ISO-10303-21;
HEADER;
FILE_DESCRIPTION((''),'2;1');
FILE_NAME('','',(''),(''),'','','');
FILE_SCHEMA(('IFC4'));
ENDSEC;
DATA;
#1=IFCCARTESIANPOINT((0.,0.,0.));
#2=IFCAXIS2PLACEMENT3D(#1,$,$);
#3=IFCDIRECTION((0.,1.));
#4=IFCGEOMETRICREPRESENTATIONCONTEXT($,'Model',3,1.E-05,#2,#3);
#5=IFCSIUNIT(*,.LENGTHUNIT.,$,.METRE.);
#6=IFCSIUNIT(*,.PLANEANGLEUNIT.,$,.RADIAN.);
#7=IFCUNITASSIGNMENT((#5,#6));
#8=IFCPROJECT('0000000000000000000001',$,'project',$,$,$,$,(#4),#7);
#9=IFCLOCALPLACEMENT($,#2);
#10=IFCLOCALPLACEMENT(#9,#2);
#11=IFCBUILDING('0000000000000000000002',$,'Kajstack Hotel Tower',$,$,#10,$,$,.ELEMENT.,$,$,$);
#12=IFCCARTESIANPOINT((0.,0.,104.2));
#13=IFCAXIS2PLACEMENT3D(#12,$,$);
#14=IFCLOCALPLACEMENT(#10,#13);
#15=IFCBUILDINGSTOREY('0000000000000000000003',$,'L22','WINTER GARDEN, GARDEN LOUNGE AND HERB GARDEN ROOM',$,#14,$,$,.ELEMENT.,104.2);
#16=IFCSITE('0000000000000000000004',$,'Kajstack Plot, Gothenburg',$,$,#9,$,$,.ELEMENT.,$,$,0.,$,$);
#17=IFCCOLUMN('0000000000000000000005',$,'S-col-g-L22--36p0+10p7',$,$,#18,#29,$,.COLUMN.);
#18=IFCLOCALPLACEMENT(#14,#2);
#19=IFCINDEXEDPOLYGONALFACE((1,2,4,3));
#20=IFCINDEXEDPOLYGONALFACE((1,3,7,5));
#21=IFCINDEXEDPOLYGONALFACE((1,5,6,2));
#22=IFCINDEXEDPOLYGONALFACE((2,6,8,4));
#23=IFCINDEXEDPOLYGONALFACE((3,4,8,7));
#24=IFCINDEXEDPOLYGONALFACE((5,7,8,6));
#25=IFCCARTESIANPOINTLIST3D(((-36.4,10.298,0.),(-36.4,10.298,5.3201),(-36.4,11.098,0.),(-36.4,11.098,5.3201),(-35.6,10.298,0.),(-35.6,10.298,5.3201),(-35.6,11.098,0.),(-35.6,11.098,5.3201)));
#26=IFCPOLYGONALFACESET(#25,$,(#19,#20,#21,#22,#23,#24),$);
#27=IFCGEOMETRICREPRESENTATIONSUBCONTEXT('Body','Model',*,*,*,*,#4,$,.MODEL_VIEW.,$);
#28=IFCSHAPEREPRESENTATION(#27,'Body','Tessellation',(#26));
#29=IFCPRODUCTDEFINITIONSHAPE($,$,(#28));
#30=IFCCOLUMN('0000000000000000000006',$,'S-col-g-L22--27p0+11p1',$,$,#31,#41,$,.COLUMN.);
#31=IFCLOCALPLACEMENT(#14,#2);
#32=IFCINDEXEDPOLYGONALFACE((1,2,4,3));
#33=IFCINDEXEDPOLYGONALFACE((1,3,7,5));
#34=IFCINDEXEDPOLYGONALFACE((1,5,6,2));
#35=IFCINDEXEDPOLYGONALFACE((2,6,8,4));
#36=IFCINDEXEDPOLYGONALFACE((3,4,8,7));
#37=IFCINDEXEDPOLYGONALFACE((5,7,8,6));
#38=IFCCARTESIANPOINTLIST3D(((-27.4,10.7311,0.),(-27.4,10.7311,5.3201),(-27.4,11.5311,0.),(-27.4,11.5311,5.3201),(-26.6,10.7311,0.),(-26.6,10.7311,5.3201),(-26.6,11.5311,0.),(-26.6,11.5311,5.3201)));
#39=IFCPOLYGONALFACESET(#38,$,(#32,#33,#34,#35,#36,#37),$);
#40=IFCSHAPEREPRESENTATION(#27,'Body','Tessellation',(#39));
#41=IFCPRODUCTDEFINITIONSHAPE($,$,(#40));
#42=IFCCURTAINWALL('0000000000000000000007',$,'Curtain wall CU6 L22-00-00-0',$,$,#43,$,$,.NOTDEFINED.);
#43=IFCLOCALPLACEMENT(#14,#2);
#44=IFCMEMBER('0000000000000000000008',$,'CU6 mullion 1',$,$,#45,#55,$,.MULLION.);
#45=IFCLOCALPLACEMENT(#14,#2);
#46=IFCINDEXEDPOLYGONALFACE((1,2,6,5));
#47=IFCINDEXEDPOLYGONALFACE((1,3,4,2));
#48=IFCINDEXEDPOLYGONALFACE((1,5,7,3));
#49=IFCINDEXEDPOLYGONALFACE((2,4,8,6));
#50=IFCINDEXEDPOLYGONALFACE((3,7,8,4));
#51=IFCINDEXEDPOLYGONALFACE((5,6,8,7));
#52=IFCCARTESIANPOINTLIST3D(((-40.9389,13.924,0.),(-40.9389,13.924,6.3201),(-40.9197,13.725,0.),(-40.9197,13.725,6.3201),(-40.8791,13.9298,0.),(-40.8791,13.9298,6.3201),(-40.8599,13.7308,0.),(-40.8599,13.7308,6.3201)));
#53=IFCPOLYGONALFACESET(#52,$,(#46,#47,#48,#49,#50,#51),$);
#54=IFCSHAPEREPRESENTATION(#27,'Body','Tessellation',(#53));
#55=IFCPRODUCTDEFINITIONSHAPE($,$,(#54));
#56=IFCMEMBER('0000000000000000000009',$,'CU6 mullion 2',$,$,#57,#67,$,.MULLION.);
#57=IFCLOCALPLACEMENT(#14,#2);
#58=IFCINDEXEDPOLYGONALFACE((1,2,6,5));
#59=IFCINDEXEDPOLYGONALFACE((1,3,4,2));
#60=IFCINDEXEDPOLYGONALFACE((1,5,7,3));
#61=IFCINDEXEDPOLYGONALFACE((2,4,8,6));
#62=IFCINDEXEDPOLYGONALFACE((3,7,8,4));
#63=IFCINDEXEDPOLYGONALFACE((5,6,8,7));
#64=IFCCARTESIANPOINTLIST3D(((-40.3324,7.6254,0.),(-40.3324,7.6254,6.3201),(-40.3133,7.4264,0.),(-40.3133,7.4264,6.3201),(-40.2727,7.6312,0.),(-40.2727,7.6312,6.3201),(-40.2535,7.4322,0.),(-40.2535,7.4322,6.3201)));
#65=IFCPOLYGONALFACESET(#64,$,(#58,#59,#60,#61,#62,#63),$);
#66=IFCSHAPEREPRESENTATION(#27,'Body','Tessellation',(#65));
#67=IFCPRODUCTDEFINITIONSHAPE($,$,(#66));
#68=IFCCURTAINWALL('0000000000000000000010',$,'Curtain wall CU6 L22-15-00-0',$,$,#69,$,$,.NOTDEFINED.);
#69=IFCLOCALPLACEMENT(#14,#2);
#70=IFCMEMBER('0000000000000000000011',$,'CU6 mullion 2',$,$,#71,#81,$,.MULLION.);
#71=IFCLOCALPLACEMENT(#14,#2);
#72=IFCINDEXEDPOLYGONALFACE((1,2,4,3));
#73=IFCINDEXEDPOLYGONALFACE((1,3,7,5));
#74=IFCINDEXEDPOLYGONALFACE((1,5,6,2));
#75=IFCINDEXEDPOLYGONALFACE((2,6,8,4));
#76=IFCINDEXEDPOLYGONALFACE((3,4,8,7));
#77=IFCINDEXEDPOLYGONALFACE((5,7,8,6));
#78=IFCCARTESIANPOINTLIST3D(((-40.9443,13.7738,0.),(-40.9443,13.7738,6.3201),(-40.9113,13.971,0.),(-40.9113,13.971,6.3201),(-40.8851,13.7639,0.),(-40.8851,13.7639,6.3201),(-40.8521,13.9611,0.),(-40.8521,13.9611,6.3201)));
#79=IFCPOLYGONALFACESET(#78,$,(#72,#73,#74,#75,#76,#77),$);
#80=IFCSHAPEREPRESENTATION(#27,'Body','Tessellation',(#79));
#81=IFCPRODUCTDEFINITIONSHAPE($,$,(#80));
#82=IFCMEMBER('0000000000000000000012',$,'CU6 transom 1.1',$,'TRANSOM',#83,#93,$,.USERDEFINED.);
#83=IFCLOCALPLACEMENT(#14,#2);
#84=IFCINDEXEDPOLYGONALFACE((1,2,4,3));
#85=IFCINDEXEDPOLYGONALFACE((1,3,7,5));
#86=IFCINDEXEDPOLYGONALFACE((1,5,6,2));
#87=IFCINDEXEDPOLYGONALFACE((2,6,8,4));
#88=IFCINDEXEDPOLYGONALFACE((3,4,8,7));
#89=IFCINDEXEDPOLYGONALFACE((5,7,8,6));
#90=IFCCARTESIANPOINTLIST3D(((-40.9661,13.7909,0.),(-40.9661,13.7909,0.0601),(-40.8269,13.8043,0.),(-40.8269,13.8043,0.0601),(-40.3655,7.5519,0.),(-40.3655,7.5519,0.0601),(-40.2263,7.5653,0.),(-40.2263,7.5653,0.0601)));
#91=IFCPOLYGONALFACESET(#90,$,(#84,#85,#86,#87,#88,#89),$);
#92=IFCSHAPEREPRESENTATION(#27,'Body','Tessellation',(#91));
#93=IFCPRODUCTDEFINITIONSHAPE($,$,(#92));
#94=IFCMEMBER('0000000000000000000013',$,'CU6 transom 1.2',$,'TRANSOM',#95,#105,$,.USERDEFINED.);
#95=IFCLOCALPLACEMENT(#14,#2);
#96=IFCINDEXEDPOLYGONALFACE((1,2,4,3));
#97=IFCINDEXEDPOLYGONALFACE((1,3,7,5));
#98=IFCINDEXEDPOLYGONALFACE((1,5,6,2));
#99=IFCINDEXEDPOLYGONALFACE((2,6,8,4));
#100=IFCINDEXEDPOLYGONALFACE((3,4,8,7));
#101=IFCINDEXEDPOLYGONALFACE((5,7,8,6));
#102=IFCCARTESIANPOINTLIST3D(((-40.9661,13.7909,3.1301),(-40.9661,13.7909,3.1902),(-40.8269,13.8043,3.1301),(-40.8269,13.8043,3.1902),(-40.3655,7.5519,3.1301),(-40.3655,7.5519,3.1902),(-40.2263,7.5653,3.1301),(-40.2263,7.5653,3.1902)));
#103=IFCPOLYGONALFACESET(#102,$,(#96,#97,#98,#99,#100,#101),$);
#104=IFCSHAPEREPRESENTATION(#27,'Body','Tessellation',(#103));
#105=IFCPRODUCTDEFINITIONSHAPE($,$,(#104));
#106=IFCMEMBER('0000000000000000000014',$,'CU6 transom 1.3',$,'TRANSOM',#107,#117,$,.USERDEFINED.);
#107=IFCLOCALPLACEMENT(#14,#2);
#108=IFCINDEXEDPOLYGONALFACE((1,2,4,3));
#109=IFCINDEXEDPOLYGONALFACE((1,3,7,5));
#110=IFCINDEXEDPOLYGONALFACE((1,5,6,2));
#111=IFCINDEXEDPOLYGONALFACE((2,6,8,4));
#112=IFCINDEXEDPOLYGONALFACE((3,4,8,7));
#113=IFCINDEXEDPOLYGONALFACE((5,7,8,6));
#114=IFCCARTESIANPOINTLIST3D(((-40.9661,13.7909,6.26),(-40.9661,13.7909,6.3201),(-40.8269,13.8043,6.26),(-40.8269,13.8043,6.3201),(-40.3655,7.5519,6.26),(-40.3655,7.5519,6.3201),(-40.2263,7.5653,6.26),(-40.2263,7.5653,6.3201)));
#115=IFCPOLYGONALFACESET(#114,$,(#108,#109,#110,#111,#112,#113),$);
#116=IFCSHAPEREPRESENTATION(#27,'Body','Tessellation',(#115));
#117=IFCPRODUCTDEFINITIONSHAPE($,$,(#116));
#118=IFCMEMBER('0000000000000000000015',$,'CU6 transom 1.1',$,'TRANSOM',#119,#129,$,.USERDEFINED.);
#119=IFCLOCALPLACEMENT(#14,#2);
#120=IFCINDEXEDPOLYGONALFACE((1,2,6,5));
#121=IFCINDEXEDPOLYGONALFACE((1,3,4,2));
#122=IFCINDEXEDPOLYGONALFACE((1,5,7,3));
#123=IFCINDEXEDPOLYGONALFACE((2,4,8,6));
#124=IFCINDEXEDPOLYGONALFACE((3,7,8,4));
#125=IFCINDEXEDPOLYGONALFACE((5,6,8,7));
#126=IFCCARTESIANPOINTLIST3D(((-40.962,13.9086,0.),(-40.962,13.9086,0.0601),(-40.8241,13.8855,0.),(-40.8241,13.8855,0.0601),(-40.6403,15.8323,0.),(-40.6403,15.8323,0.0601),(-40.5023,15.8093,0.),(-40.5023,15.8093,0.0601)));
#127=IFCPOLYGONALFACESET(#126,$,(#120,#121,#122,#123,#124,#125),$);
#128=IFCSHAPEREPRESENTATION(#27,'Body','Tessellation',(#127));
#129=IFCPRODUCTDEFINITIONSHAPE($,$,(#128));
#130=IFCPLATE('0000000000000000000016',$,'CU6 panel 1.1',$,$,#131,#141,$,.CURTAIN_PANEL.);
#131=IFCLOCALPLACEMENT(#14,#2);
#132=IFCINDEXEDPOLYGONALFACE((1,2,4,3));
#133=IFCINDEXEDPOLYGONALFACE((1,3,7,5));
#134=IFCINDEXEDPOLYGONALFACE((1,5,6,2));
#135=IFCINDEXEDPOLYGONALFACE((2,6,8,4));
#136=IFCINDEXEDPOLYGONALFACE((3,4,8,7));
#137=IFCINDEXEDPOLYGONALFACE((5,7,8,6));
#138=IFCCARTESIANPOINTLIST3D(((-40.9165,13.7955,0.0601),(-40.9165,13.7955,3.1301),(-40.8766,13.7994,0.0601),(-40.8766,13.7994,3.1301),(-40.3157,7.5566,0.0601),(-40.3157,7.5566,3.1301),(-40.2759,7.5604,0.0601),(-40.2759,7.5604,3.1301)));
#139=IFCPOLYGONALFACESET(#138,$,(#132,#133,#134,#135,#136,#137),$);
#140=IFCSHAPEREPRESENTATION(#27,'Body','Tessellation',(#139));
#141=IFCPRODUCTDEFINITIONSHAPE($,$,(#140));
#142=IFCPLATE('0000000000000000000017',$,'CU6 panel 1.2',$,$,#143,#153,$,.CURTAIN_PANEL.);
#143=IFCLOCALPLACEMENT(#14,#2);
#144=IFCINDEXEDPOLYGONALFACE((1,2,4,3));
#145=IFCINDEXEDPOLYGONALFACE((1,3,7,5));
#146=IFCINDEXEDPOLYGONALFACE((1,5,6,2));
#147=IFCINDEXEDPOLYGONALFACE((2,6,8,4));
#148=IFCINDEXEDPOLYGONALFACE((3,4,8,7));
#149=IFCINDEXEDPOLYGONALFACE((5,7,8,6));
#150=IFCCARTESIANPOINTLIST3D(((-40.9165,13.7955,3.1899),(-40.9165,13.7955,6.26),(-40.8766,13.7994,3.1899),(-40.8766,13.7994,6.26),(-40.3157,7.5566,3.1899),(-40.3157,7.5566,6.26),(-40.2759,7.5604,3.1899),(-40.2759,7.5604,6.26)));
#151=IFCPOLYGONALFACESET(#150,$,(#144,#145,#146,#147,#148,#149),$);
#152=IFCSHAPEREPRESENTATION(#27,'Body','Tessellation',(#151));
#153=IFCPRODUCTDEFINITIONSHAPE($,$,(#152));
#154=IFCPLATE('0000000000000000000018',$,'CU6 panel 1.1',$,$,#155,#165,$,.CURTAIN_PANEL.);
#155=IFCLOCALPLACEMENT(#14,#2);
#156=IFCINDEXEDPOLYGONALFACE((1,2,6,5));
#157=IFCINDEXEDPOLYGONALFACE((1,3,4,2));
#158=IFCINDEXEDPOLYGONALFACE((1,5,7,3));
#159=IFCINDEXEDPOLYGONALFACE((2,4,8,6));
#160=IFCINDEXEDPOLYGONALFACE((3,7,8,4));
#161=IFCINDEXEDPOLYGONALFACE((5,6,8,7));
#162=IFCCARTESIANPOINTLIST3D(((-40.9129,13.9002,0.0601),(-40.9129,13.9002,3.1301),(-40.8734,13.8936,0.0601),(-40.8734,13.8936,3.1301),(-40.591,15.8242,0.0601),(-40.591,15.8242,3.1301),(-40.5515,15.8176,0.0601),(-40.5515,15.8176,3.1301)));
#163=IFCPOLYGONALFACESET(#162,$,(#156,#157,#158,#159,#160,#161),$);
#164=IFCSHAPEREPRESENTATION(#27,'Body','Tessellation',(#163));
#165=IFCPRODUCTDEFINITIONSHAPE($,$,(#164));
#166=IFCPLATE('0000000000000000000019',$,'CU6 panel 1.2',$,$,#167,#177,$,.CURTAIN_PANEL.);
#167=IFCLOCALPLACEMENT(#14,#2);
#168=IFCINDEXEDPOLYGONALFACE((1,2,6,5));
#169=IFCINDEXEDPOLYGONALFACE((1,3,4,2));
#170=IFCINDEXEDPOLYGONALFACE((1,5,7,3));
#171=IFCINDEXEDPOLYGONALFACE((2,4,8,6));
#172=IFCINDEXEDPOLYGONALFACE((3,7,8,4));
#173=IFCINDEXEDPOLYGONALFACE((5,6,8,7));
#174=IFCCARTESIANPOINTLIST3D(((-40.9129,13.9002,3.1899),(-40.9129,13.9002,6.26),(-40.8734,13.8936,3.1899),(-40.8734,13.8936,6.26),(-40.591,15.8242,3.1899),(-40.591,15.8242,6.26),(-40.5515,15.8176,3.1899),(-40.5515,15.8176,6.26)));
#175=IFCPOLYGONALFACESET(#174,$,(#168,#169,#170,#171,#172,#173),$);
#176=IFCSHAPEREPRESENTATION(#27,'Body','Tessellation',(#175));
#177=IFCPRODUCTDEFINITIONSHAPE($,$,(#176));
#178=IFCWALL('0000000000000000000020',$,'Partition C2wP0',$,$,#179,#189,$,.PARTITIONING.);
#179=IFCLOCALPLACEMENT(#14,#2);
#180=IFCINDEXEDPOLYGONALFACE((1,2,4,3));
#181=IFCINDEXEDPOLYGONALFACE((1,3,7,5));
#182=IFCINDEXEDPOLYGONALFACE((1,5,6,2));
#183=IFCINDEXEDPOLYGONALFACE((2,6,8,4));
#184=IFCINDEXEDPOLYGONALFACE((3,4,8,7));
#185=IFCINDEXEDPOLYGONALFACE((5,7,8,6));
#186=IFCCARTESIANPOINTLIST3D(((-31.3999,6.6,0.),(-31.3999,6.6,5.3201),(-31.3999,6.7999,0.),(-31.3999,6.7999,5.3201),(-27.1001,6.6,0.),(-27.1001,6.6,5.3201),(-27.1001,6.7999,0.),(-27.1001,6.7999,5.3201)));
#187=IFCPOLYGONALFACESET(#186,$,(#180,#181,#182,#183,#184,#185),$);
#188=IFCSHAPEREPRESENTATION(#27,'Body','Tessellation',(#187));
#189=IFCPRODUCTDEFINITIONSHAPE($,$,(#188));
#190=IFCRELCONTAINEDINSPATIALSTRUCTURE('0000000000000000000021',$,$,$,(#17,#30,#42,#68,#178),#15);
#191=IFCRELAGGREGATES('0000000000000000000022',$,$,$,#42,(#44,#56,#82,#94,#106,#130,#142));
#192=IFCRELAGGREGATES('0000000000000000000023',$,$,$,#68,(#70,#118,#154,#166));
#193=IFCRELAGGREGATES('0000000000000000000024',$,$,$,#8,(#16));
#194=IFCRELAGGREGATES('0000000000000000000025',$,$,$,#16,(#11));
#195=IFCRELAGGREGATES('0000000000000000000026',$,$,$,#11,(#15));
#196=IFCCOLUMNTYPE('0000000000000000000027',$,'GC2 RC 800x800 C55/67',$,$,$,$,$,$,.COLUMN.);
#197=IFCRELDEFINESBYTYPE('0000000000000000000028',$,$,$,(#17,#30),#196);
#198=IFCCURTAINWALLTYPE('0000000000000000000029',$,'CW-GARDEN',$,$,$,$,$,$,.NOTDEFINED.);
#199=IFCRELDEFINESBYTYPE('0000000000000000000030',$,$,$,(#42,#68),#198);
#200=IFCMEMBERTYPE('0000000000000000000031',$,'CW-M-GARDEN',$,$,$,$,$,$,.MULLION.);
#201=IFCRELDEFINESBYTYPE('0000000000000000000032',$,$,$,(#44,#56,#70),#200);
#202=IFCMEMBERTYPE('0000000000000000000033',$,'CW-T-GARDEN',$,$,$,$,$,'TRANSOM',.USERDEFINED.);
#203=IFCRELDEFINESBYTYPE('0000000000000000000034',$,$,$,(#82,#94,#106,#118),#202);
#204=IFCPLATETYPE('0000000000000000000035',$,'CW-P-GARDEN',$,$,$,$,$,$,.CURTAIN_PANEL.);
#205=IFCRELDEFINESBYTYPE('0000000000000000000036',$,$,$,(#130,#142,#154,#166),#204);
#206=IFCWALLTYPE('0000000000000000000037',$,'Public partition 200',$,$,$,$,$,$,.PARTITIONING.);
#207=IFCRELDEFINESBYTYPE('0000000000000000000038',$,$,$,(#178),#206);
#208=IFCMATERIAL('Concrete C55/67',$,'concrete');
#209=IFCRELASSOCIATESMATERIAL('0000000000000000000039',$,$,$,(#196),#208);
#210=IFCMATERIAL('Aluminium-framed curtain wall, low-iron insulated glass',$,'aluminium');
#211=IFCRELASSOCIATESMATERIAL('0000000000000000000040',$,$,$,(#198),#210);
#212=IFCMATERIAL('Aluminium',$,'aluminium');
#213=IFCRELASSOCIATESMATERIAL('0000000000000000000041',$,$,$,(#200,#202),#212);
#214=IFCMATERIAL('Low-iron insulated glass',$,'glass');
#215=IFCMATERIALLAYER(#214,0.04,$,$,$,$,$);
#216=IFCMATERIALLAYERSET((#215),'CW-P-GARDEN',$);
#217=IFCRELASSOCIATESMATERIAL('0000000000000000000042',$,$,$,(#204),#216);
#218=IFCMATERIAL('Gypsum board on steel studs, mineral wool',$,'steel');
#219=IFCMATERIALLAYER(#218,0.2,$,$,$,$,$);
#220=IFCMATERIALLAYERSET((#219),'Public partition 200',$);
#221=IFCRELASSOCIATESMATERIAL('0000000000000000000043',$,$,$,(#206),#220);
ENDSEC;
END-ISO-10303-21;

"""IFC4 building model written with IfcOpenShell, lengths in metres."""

from ifc_helpers import new_model, si_unit, direction, frame, frame_2d, origin, origin_2d, place, context, subcontext, project, spatial, rectangle, extrude, material, layer, layer_set, material_profile, profile_set, type_object, element, aggregate, save


model = new_model("IFC4")

# Units and contexts
model_context = context("Model", 3, precision=1e-05, world=origin(), true_north=direction((0.0, 1.0)))
body_context = subcontext(model_context, "Body", "Model", "MODEL_VIEW")
ifc_project = project(units=[si_unit("LENGTHUNIT", "METRE"), si_unit("PLANEANGLEUNIT", "RADIAN")], contexts=[model_context])

# Site, building, storey
site_placement = place(None, origin())
site = spatial("IfcSite", under=ifc_project, at=site_placement, Name="Kajstack Plot, Gothenburg", CompositionType="ELEMENT", RefElevation=0.0)
building_placement = place(site_placement, origin())
building = spatial("IfcBuilding", under=site, at=building_placement, Name="Kajstack Hotel Tower", CompositionType="ELEMENT")
storey_placement = place(building_placement, frame((0.0, 0.0, 104.2)))
storey = spatial("IfcBuildingStorey", under=building, at=storey_placement, Name="L22", Description="WINTER GARDEN, GARDEN LOUNGE AND HERB GARDEN ROOM", CompositionType="ELEMENT", Elevation=104.2)

# Columns
ifc_material_1 = material(Name="Concrete C55/67", Category="concrete")
ifc_material_profile_1 = material_profile(ifc_material_1, rectangle(XDim=0.8, YDim=0.8, at=origin_2d()), Name="RC 800x800")
ifc_profile_set_1 = profile_set([ifc_material_profile_1], Name="Concrete C55/67")
column_type = type_object("IfcColumnType", Name="GC2 RC 800x800 C55/67", PredefinedType="COLUMN", material=ifc_profile_set_1)
for number, where, z_axis, x_axis, name in (
    (1, (-36.0, 10.698, 0.0), (0.0, 0.0, 1.0), (1.0, 0.0, 0.0), "S-col-g-L22--36p0+10p7"),
    (2, (-27.0, 11.1311, 0.0), (0.0, 0.0, 1.0), (1.0, 0.0, 0.0), "S-col-g-L22--27p0+11p1"),
):
    element("IfcColumn", number, at=place(storey_placement, frame(where, z_axis=z_axis, x_axis=x_axis)), inside=storey, type_object=column_type, Name=name, PredefinedType="COLUMN", context=body_context, shape_type="SweptSolid", body=[
        extrude(rectangle(XDim=0.8, YDim=0.8, at=origin_2d()), origin(), (0.0, 0.0, 1.0), 5.3201),
    ])

# Curtain wall, members
ifc_material_2 = material(Name="Aluminium-framed curtain wall, low-iron insulated glass", Category="aluminium")
curtain_wall_type = type_object("IfcCurtainWallType", Name="CW-GARDEN", PredefinedType="NOTDEFINED", material=ifc_material_2)
curtain_wall_1_placement = place(storey_placement, origin())
curtain_wall_1 = element("IfcCurtainWall", 3, at=curtain_wall_1_placement, inside=storey, type_object=curtain_wall_type, Name="Curtain wall CU6 L22-00-00-0", PredefinedType="NOTDEFINED")
ifc_material_3 = material(Name="Aluminium", Category="aluminium")
ifc_material_profile_2 = material_profile(ifc_material_3, rectangle(XDim=0.0601, YDim=0.2, at=origin_2d()), Name="Aluminium mullion 60 x 200")
ifc_profile_set_2 = profile_set([ifc_material_profile_2], Name="Aluminium")
member_type_1 = type_object("IfcMemberType", Name="CW-M-GARDEN", PredefinedType="MULLION", material=ifc_profile_set_2)
member_1_placement = place(storey_placement, frame((-40.8994, 13.8274, 0.0), z_axis=(0.0, 0.0, 1.0), x_axis=(0.995396, 0.095846, 0.0)))
member_1 = element("IfcMember", 4, at=member_1_placement, type_object=member_type_1, Name="CU6 mullion 1", PredefinedType="MULLION", context=body_context, shape_type="SweptSolid", body=[
    extrude(rectangle(XDim=0.0601, YDim=0.2, at=origin_2d()), origin(), (0.0, 0.0, 1.0), 6.3201),
])
member_2_placement = place(storey_placement, frame((-40.293, 7.5288, 0.0), z_axis=(0.0, 0.0, 1.0), x_axis=(0.995396, 0.095846, 0.0)))
member_2 = element("IfcMember", 5, at=member_2_placement, type_object=member_type_1, Name="CU6 mullion 2", PredefinedType="MULLION", context=body_context, shape_type="SweptSolid", body=[
    extrude(rectangle(XDim=0.0601, YDim=0.2, at=origin_2d()), origin(), (0.0, 0.0, 1.0), 6.3201),
])

# Curtain wall, member
curtain_wall_2_placement = place(storey_placement, origin())
curtain_wall_2 = element("IfcCurtainWall", 6, at=curtain_wall_2_placement, inside=storey, type_object=curtain_wall_type, Name="Curtain wall CU6 L22-15-00-0", PredefinedType="NOTDEFINED")
member_3_placement = place(storey_placement, frame((-40.8982, 13.8674, 0.0), z_axis=(0.0, 0.0, 1.0), x_axis=(0.986289, -0.165025, 0.0)))
member_3 = element("IfcMember", 7, at=member_3_placement, type_object=member_type_1, Name="CU6 mullion 2", PredefinedType="MULLION", context=body_context, shape_type="SweptSolid", body=[
    extrude(rectangle(XDim=0.0601, YDim=0.2, at=origin_2d()), origin(), (0.0, 0.0, 1.0), 6.3201),
])

# Members
ifc_material_profile_3 = material_profile(ifc_material_3, rectangle(XDim=0.1399, YDim=0.0601, at=origin_2d()), Name="Aluminium transom 140 x 60")
ifc_profile_set_3 = profile_set([ifc_material_profile_3], Name="Aluminium")
member_type_2 = type_object("IfcMemberType", Name="CW-T-GARDEN", ElementType="TRANSOM", PredefinedType="USERDEFINED", material=ifc_profile_set_3)
member_4_placement = place(storey_placement, frame((-40.8965, 13.7976, 0.03), z_axis=(0.09582, -0.995399, 0.0), x_axis=(0.995399, 0.09582, 0.0)))
member_4 = element("IfcMember", 8, at=member_4_placement, type_object=member_type_2, Name="CU6 transom 1.1", ObjectType="TRANSOM", PredefinedType="USERDEFINED", context=body_context, shape_type="SweptSolid", body=[
    extrude(rectangle(XDim=0.1399, YDim=0.0601, at=origin_2d()), origin(), (0.0, 0.0, 1.0), 6.2678),
])
member_5_placement = place(storey_placement, frame((-40.8965, 13.7976, 3.1602), z_axis=(0.09582, -0.995399, 0.0), x_axis=(0.995399, 0.09582, 0.0)))
member_5 = element("IfcMember", 9, at=member_5_placement, type_object=member_type_2, Name="CU6 transom 1.2", ObjectType="TRANSOM", PredefinedType="USERDEFINED", context=body_context, shape_type="SweptSolid", body=[
    extrude(rectangle(XDim=0.1399, YDim=0.0601, at=origin_2d()), origin(), (0.0, 0.0, 1.0), 6.2678),
])
member_6_placement = place(storey_placement, frame((-40.8965, 13.7976, 6.29), z_axis=(0.09582, -0.995399, 0.0), x_axis=(0.995399, 0.09582, 0.0)))
member_6 = element("IfcMember", 10, at=member_6_placement, type_object=member_type_2, Name="CU6 transom 1.3", ObjectType="TRANSOM", PredefinedType="USERDEFINED", context=body_context, shape_type="SweptSolid", body=[
    extrude(rectangle(XDim=0.1399, YDim=0.0601, at=origin_2d()), origin(), (0.0, 0.0, 1.0), 6.2678),
])
member_7_placement = place(storey_placement, frame((-40.5713, 15.8208, 0.03), z_axis=(-0.164967, -0.986299, 0.0), x_axis=(0.986299, -0.164967, 0.0)))
member_7 = element("IfcMember", 11, at=member_7_placement, type_object=member_type_2, Name="CU6 transom 1.1", ObjectType="TRANSOM", PredefinedType="USERDEFINED", context=body_context, shape_type="SweptSolid", body=[
    extrude(rectangle(XDim=0.1399, YDim=0.0601, at=origin_2d()), origin(), (0.0, 0.0, 1.0), 1.9504),
])

# Plates
ifc_material_4 = material(Name="Low-iron insulated glass", Category="glass")
ifc_layer_1 = layer(ifc_material_4, 0.04)
ifc_layer_set_1 = layer_set([ifc_layer_1], Name="CW-P-GARDEN")
plate_type = type_object("IfcPlateType", Name="CW-P-GARDEN", PredefinedType="CURTAIN_PANEL", material=ifc_layer_set_1)
plate_1_placement = place(storey_placement, frame((-40.5962, 10.678, 0.0601), z_axis=(0.0, 0.0, 1.0), x_axis=(0.095846, -0.995396, 0.0)))
plate_1 = element("IfcPlate", 12, at=plate_1_placement, type_object=plate_type, Name="CU6 panel 1.1", PredefinedType="CURTAIN_PANEL", context=body_context, shape_type="SweptSolid", body=[
    extrude(rectangle(XDim=6.2678, YDim=0.04, at=origin_2d()), origin(), (0.0, 0.0, 1.0), 3.0701),
])
plate_2_placement = place(storey_placement, frame((-40.5962, 10.678, 3.1899), z_axis=(0.0, 0.0, 1.0), x_axis=(0.095846, -0.995396, 0.0)))
plate_2 = element("IfcPlate", 13, at=plate_2_placement, type_object=plate_type, Name="CU6 panel 1.2", PredefinedType="CURTAIN_PANEL", context=body_context, shape_type="SweptSolid", body=[
    extrude(rectangle(XDim=6.2678, YDim=0.04, at=origin_2d()), origin(), (0.0, 0.0, 1.0), 3.0701),
])
aggregate(curtain_wall_1, [member_1, member_2, member_4, member_5, member_6, plate_1, plate_2])
plate_3_placement = place(storey_placement, frame((-40.7322, 14.8589, 0.0601), z_axis=(0.0, 0.0, 1.0), x_axis=(-0.165025, -0.986289, 0.0)))
plate_3 = element("IfcPlate", 14, at=plate_3_placement, type_object=plate_type, Name="CU6 panel 1.1", PredefinedType="CURTAIN_PANEL", context=body_context, shape_type="SweptSolid", body=[
    extrude(rectangle(XDim=1.9507, YDim=0.04, at=origin_2d()), origin(), (0.0, 0.0, 1.0), 3.0701),
])
plate_4_placement = place(storey_placement, frame((-40.7322, 14.8589, 3.1899), z_axis=(0.0, 0.0, 1.0), x_axis=(-0.165025, -0.986289, 0.0)))
plate_4 = element("IfcPlate", 15, at=plate_4_placement, type_object=plate_type, Name="CU6 panel 1.2", PredefinedType="CURTAIN_PANEL", context=body_context, shape_type="SweptSolid", body=[
    extrude(rectangle(XDim=1.9507, YDim=0.04, at=origin_2d()), origin(), (0.0, 0.0, 1.0), 3.0701),
])
aggregate(curtain_wall_2, [member_3, member_7, plate_3, plate_4])

# Wall
ifc_material_5 = material(Name="Gypsum board on steel studs, mineral wool", Category="steel")
ifc_layer_2 = layer(ifc_material_5, 0.2)
ifc_layer_set_2 = layer_set([ifc_layer_2], Name="Public partition 200")
wall_type_1 = type_object("IfcWallType", Name="Public partition 200", PredefinedType="PARTITIONING", material=ifc_layer_set_2)
for number, where, z_axis, x_axis, name in (
    (16, (-31.3999, 6.7, 0.0), (0.0, 0.0, 1.0), (1.0, 0.0, 0.0), "Partition C2wP0"),
):
    element("IfcWall", number, at=place(storey_placement, frame(where, z_axis=z_axis, x_axis=x_axis)), inside=storey, type_object=wall_type_1, Name=name, PredefinedType="PARTITIONING", context=body_context, shape_type="SweptSolid", body=[
        extrude(rectangle(XDim=4.2998, YDim=0.2, at=frame_2d((2.1499, 0.0))), origin(), (0.0, 0.0, 1.0), 5.3201),
    ])

save(model, "model.ifc")
